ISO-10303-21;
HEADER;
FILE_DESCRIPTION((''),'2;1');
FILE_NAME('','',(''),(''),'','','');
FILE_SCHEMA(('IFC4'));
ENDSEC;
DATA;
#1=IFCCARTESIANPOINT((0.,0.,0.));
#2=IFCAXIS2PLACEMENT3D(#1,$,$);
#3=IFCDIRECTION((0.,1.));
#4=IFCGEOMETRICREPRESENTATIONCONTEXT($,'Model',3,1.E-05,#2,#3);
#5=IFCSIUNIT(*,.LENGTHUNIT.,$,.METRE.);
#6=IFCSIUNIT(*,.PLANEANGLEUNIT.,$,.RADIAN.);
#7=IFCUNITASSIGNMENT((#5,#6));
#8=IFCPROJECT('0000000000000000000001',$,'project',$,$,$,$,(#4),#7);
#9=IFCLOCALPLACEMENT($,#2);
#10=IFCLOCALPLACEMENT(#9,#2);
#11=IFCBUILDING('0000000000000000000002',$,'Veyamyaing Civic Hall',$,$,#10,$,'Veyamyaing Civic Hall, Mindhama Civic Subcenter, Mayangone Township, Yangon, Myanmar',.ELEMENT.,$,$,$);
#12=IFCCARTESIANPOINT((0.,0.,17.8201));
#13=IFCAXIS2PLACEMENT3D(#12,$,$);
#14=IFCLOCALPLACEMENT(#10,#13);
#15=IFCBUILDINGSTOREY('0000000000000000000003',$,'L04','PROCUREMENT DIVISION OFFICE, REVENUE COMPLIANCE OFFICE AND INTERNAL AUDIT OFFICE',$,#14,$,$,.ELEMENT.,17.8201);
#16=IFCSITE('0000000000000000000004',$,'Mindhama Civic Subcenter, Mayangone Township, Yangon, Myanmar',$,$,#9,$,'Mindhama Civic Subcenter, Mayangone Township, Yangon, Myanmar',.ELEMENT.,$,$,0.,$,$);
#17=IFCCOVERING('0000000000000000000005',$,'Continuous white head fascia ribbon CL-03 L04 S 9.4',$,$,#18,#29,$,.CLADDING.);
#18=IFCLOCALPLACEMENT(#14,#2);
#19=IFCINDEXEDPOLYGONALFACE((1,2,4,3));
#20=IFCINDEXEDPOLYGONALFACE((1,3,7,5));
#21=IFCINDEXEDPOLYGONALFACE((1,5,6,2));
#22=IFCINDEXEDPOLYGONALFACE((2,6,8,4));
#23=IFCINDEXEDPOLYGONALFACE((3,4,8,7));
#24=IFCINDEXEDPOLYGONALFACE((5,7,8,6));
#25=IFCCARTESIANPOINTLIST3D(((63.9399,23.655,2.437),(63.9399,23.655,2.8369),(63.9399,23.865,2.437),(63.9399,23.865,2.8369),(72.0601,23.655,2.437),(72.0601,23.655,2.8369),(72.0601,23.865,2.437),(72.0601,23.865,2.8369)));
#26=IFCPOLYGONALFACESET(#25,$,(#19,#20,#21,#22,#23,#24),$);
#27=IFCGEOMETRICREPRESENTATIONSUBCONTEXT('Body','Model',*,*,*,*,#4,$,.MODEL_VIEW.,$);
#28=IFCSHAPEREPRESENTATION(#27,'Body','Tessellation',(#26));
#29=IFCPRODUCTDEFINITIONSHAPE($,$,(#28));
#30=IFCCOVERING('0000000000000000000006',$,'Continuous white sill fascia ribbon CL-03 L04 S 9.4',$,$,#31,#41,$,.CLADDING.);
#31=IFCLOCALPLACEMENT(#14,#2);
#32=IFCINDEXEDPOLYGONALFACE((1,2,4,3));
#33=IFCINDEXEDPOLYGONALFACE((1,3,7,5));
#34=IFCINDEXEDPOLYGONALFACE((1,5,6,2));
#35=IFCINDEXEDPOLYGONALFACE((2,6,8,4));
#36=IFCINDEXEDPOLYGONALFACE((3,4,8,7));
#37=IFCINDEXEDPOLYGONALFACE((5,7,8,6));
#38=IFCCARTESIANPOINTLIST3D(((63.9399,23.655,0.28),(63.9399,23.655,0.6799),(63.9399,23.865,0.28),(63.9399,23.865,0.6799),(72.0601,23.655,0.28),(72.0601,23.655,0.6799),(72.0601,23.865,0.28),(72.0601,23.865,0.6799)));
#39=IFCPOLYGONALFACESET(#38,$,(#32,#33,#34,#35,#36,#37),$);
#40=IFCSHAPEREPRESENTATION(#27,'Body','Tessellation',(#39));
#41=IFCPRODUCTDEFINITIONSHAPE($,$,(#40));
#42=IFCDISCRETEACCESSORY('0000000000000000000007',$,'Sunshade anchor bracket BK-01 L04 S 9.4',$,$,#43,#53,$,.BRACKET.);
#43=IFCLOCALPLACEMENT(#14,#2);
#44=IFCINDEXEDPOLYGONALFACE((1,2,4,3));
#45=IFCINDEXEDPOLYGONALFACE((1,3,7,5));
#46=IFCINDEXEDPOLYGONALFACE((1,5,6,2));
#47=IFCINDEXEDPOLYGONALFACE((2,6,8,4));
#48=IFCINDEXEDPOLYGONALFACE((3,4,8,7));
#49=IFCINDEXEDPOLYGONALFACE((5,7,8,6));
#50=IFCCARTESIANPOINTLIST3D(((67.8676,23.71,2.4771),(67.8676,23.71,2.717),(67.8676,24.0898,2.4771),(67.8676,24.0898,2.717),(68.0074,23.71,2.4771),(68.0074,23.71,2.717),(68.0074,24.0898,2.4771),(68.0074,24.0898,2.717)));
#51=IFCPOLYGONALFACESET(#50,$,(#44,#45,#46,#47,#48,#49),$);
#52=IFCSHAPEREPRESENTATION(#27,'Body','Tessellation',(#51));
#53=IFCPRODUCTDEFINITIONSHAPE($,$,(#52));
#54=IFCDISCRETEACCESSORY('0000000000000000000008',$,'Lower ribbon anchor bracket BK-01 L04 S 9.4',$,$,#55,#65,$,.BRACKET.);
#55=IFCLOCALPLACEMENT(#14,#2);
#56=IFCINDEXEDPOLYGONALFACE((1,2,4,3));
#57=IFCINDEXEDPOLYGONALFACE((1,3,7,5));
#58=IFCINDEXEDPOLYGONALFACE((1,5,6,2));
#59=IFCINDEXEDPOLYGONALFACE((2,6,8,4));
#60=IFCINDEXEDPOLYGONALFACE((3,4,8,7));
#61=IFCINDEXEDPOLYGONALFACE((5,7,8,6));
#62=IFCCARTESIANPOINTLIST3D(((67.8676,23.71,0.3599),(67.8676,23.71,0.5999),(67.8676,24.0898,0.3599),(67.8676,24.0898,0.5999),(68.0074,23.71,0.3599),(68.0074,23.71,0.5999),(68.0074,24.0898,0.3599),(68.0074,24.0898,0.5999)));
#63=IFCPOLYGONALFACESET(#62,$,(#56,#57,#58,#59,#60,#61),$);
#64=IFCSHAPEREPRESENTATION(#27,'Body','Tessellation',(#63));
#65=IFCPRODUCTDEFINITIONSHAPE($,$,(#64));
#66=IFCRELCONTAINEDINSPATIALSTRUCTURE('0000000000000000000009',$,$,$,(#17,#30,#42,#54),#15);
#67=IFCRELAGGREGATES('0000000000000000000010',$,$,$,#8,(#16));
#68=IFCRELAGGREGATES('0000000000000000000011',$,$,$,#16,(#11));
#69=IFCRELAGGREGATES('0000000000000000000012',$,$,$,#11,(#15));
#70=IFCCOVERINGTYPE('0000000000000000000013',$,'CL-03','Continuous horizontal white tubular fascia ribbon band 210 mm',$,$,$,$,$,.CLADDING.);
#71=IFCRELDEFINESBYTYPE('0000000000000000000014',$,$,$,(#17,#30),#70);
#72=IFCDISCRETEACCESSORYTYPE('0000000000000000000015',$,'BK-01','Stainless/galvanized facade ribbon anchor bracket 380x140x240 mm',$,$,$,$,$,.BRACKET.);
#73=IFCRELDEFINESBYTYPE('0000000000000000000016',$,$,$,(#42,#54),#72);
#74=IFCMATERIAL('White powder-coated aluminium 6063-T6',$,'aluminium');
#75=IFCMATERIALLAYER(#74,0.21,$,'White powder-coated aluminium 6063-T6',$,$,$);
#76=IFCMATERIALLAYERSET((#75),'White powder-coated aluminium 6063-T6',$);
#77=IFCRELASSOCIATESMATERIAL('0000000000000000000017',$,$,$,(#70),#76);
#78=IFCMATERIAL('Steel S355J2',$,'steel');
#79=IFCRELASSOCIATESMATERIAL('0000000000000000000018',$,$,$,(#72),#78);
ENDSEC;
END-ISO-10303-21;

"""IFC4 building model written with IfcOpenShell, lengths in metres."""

from ifc_helpers import new_model, si_unit, direction, frame, origin, origin_2d, place, context, subcontext, project, spatial, rectangle, extrude, material, layer, layer_set, type_object, element, save


model = new_model("IFC4")

# Units and contexts
model_context = context("Model", 3, precision=1e-05, world=origin(), true_north=direction((0.0, 1.0)))
body_context = subcontext(model_context, "Body", "Model", "MODEL_VIEW")
ifc_project = project(units=[si_unit("LENGTHUNIT", "METRE"), si_unit("PLANEANGLEUNIT", "RADIAN")], contexts=[model_context])

# Site, building, storey
site_placement = place(None, origin())
site = spatial("IfcSite", under=ifc_project, at=site_placement, Name="Mindhama Civic Subcenter, Mayangone Township, Yangon, Myanmar", LongName="Mindhama Civic Subcenter, Mayangone Township, Yangon, Myanmar", CompositionType="ELEMENT", RefElevation=0.0)
building_placement = place(site_placement, origin())
building = spatial("IfcBuilding", under=site, at=building_placement, Name="Veyamyaing Civic Hall", LongName="Veyamyaing Civic Hall, Mindhama Civic Subcenter, Mayangone Township, Yangon, Myanmar", CompositionType="ELEMENT")
storey_placement = place(building_placement, frame((0.0, 0.0, 17.8201)))
storey = spatial("IfcBuildingStorey", under=building, at=storey_placement, Name="L04", Description="PROCUREMENT DIVISION OFFICE, REVENUE COMPLIANCE OFFICE AND INTERNAL AUDIT OFFICE", CompositionType="ELEMENT", Elevation=17.8201)

# Coverings
ifc_material_1 = material(Name="White powder-coated aluminium 6063-T6", Category="aluminium")
ifc_layer_1 = layer(ifc_material_1, 0.21, Name="White powder-coated aluminium 6063-T6")
ifc_layer_set_1 = layer_set([ifc_layer_1], Name="White powder-coated aluminium 6063-T6")
covering_type = type_object("IfcCoveringType", Name="CL-03", Description="Continuous horizontal white tubular fascia ribbon band 210 mm", PredefinedType="CLADDING", material=ifc_layer_set_1)
for number, where, z_axis, x_axis, name in (
    (1, (68.0, 23.76, 2.437), (0.0, 0.0, 1.0), (1.0, 0.0, 0.0), "Continuous white head fascia ribbon CL-03 L04 S 9.4"),
    (2, (68.0, 23.76, 0.28), (0.0, 0.0, 1.0), (1.0, 0.0, 0.0), "Continuous white sill fascia ribbon CL-03 L04 S 9.4"),
):
    element("IfcCovering", number, at=place(storey_placement, frame(where, z_axis=z_axis, x_axis=x_axis)), inside=storey, type_object=covering_type, Name=name, PredefinedType="CLADDING", context=body_context, shape_type="SweptSolid", body=[
        extrude(rectangle(XDim=8.1201, YDim=0.21, at=origin_2d()), origin(), (0.0, 0.0, 1.0), 0.3999),
    ])

# Discrete accessories
ifc_material_2 = material(Name="Steel S355J2", Category="steel")
discrete_accessory_type = type_object("IfcDiscreteAccessoryType", Name="BK-01", Description="Stainless/galvanized facade ribbon anchor bracket 380x140x240 mm", PredefinedType="BRACKET", material=ifc_material_2)
for number, where, z_axis, x_axis, name in (
    (3, (67.9375, 23.8999, 2.4771), (0.0, 0.0, 1.0), (0.0, -1.0, 0.0), "Sunshade anchor bracket BK-01 L04 S 9.4"),
    (4, (67.9375, 23.8999, 0.3599), (0.0, 0.0, 1.0), (0.0, -1.0, 0.0), "Lower ribbon anchor bracket BK-01 L04 S 9.4"),
):
    element("IfcDiscreteAccessory", number, at=place(storey_placement, frame(where, z_axis=z_axis, x_axis=x_axis)), inside=storey, type_object=discrete_accessory_type, Name=name, PredefinedType="BRACKET", context=body_context, shape_type="SweptSolid", body=[
        extrude(rectangle(XDim=0.3799, YDim=0.1399, at=origin_2d()), origin(), (0.0, 0.0, 1.0), 0.24),
    ])

save(model, "model.ifc")
